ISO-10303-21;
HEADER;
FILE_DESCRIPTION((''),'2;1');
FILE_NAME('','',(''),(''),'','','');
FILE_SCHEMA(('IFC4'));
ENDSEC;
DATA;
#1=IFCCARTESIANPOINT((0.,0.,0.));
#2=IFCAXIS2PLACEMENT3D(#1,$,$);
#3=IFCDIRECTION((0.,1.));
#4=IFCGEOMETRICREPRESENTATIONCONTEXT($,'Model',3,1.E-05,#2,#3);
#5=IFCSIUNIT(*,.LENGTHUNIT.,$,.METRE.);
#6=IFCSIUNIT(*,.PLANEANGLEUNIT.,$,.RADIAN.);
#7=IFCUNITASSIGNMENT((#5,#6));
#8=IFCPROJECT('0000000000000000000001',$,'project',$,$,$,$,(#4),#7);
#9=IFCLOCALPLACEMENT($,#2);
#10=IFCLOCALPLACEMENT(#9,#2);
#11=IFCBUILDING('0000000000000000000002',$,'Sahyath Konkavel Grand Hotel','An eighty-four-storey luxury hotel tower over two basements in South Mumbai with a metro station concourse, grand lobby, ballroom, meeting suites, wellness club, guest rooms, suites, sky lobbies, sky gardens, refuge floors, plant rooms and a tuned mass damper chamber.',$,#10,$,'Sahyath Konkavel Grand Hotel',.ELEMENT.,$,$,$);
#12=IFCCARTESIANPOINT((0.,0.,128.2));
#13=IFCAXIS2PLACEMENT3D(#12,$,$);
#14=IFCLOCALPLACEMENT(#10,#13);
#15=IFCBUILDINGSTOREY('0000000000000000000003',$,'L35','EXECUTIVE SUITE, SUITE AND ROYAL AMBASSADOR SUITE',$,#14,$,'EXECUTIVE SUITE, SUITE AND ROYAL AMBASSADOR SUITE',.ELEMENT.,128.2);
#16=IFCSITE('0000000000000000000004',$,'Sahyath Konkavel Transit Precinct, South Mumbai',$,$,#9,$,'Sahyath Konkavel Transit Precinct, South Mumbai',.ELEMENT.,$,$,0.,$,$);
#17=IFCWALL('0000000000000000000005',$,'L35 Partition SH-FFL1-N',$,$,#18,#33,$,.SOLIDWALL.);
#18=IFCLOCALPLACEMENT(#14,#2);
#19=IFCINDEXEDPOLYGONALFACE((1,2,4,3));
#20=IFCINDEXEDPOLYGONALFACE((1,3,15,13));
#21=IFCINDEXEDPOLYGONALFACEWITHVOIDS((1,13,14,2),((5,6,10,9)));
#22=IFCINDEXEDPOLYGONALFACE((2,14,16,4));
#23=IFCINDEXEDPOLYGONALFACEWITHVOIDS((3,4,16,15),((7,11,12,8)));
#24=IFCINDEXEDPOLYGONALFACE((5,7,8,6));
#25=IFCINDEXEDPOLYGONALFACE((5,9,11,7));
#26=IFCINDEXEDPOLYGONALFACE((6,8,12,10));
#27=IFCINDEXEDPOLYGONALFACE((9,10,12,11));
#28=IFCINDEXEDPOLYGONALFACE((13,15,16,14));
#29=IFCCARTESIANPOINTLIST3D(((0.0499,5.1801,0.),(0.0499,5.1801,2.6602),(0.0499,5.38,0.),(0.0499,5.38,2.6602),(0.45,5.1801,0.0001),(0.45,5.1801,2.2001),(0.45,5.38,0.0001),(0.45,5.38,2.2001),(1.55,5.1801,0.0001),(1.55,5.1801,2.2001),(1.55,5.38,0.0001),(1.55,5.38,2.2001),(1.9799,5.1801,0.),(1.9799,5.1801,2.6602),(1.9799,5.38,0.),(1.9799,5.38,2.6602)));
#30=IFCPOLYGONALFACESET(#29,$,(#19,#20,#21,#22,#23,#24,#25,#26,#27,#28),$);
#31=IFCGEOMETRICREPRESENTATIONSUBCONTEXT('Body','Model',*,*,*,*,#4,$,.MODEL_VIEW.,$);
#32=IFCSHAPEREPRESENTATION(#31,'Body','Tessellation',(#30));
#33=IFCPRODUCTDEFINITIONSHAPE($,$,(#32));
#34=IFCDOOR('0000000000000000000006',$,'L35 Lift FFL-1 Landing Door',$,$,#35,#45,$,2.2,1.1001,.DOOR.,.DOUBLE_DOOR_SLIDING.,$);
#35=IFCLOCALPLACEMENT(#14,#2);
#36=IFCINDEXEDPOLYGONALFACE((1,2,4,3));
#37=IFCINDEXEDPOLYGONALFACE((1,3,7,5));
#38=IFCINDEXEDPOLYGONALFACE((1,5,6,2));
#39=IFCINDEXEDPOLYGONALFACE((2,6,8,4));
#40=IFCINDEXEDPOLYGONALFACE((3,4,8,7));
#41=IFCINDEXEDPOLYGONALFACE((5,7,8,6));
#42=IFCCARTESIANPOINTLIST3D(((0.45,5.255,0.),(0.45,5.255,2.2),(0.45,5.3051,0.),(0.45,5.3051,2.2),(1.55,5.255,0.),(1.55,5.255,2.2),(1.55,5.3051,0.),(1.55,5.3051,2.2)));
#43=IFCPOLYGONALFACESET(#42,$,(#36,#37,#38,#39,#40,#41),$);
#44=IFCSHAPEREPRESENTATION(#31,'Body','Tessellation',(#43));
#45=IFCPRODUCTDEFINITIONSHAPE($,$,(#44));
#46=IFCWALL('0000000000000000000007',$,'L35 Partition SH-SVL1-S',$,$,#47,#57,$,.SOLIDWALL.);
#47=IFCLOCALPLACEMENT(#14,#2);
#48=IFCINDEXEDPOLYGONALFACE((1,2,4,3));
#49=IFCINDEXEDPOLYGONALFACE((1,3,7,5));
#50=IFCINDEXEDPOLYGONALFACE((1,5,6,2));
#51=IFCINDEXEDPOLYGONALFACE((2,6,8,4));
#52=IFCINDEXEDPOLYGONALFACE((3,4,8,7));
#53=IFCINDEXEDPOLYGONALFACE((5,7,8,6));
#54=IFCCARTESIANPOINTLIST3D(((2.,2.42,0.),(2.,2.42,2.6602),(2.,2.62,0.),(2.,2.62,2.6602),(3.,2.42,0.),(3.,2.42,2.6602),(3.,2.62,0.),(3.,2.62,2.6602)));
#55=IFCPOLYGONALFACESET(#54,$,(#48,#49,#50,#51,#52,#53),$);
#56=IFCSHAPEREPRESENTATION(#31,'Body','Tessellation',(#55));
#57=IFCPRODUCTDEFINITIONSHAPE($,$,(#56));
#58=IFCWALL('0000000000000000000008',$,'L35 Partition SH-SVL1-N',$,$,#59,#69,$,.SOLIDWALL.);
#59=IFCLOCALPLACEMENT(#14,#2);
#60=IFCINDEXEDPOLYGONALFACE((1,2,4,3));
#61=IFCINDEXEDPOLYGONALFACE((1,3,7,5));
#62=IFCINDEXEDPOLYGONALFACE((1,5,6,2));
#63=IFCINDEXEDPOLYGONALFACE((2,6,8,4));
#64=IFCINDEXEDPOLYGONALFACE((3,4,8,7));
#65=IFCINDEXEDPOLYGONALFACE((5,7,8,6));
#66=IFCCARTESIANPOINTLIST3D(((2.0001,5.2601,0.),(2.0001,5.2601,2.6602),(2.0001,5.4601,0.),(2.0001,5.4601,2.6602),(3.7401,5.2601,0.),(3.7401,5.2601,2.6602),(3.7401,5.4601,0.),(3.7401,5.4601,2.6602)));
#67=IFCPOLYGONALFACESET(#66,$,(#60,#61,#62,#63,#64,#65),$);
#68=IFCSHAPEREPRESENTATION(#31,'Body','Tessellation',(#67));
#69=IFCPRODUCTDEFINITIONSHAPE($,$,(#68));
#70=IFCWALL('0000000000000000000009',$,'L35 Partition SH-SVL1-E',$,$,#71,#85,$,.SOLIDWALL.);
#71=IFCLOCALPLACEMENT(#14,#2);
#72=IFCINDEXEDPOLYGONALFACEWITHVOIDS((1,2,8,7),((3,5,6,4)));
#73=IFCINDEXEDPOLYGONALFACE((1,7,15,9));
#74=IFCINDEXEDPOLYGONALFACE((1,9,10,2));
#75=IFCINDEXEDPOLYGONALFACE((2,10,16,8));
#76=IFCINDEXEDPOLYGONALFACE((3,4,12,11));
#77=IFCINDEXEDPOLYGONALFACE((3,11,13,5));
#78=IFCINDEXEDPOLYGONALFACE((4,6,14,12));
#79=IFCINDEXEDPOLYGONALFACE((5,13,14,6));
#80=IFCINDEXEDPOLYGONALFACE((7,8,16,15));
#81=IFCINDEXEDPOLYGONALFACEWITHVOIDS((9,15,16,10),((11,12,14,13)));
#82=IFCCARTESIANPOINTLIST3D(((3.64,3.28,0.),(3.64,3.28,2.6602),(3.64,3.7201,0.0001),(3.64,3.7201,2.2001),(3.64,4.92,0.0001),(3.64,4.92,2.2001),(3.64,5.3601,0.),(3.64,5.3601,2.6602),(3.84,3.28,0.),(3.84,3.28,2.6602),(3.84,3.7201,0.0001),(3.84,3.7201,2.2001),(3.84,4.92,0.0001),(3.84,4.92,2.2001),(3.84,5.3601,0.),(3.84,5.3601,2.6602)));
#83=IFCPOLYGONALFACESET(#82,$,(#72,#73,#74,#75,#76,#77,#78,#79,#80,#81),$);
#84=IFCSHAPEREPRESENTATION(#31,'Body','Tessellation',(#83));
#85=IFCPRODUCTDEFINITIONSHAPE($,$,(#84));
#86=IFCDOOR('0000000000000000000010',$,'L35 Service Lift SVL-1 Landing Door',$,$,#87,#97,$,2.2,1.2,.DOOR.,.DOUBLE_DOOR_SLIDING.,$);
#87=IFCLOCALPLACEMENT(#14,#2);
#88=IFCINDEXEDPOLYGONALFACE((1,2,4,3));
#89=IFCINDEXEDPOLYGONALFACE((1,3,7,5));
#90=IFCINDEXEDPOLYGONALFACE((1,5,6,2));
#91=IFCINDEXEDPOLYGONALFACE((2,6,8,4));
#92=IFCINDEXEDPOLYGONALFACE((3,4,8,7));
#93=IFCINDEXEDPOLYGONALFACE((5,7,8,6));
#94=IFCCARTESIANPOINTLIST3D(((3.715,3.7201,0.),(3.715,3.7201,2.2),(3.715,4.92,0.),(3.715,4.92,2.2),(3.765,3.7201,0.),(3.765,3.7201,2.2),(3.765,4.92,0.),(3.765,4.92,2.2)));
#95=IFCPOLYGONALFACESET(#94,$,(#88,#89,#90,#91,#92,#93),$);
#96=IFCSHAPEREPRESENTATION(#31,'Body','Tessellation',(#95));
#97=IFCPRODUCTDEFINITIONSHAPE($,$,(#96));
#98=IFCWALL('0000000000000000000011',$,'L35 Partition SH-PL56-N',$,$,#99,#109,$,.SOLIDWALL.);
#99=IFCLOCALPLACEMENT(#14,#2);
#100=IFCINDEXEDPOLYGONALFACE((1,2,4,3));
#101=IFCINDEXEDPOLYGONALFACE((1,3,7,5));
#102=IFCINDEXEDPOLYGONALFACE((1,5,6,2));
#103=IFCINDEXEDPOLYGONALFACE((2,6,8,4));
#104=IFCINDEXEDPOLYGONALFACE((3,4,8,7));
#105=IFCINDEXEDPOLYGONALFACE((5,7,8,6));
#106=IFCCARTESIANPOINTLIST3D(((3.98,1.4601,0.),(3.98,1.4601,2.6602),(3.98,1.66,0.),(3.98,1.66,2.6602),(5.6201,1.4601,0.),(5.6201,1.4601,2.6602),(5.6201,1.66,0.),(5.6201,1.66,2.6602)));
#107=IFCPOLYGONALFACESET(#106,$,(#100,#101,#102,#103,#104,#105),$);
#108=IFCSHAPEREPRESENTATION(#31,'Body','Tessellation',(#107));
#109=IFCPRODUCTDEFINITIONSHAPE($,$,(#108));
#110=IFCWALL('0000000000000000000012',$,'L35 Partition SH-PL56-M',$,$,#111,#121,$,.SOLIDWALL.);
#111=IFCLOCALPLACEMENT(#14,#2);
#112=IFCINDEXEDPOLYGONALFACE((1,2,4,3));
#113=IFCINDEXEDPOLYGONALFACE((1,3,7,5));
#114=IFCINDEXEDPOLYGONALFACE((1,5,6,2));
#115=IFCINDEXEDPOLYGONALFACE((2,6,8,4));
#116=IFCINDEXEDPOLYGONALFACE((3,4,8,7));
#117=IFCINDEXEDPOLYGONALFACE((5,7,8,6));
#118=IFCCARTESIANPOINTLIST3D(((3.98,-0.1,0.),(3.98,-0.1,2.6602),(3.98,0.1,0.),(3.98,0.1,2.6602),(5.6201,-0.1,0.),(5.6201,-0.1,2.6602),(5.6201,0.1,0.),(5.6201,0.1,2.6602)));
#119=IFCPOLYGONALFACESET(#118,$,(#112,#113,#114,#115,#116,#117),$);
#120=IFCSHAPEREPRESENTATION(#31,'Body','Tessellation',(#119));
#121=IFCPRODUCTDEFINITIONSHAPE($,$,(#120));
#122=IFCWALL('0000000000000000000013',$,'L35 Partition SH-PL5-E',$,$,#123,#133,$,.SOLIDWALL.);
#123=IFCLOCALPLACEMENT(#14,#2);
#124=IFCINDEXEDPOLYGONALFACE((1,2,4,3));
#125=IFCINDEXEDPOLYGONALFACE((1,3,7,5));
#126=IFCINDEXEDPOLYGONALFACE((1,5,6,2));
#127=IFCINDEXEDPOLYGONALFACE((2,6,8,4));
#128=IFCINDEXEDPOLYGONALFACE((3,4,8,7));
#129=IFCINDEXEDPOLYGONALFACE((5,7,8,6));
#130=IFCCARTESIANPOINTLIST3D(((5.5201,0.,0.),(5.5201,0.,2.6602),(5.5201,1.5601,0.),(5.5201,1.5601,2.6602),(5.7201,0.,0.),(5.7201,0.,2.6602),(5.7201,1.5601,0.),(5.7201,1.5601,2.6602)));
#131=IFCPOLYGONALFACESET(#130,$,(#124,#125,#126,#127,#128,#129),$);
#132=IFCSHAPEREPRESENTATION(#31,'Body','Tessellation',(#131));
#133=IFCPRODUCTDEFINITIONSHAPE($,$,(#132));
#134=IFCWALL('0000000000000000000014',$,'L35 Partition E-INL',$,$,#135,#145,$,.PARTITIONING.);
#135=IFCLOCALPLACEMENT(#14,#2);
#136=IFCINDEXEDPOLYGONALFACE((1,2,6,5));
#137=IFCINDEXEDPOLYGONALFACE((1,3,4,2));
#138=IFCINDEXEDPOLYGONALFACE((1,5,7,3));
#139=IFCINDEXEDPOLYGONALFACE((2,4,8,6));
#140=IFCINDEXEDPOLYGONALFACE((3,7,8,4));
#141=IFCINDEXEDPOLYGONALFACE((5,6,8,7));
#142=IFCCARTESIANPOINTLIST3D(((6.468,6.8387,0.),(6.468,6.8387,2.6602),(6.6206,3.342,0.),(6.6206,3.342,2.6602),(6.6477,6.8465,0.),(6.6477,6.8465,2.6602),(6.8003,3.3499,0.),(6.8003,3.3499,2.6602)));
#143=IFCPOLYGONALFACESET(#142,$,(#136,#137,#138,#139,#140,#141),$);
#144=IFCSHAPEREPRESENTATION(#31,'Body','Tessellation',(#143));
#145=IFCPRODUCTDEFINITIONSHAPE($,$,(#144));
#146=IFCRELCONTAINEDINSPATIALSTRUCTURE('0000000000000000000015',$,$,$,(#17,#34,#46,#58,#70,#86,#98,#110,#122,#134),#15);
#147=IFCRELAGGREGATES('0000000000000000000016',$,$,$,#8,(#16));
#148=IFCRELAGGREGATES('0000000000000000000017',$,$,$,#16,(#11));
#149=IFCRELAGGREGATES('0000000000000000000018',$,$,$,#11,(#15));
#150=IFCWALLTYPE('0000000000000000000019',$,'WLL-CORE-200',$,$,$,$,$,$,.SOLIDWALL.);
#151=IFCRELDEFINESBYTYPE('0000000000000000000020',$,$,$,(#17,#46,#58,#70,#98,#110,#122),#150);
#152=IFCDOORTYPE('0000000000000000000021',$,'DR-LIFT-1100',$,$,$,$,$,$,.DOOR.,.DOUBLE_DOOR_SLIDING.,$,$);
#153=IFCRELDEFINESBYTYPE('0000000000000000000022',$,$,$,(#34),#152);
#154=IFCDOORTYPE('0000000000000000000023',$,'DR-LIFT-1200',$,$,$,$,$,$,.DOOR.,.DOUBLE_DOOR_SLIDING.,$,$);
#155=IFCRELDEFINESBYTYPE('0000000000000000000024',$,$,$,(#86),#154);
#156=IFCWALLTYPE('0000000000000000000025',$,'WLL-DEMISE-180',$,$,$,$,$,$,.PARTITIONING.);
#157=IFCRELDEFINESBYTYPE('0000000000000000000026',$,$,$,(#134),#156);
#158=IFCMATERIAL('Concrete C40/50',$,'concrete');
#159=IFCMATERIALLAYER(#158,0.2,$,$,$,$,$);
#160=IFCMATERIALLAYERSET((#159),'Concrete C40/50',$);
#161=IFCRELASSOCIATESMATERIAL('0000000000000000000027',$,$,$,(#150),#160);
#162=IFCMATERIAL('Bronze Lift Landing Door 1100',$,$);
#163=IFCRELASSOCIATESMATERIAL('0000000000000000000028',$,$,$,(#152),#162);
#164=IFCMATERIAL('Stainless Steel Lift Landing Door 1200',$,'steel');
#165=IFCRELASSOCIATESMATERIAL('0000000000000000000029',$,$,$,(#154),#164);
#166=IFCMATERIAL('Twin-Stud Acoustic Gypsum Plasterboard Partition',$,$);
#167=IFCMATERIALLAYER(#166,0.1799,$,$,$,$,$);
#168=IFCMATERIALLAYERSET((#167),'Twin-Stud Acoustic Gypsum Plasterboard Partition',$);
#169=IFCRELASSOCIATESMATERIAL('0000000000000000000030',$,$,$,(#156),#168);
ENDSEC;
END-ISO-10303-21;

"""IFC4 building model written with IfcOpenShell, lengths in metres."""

from ifc_helpers import new_model, si_unit, direction, frame, frame_2d, origin, origin_2d, place, context, subcontext, project, spatial, rectangle, extrude, source, transform, mapped, material, layer, layer_set, type_object, element, fill, save


model = new_model("IFC4")

# Units and contexts
model_context = context("Model", 3, precision=1e-05, world=origin(), true_north=direction((0.0, 1.0)))
body_context = subcontext(model_context, "Body", "Model", "MODEL_VIEW")
ifc_project = project(units=[si_unit("LENGTHUNIT", "METRE"), si_unit("PLANEANGLEUNIT", "RADIAN")], contexts=[model_context])

# Site, building, storey
site_placement = place(None, origin())
site = spatial("IfcSite", under=ifc_project, at=site_placement, Name="Sahyath Konkavel Transit Precinct, South Mumbai", LongName="Sahyath Konkavel Transit Precinct, South Mumbai", CompositionType="ELEMENT", RefElevation=0.0)
building_placement = place(site_placement, origin())
building = spatial("IfcBuilding", under=site, at=building_placement, Name="Sahyath Konkavel Grand Hotel", Description="An eighty-four-storey luxury hotel tower over two basements in South Mumbai with a metro station concourse, grand lobby, ballroom, meeting suites, wellness club, guest rooms, suites, sky lobbies, sky gardens, refuge floors, plant rooms and a tuned mass damper chamber.", LongName="Sahyath Konkavel Grand Hotel", CompositionType="ELEMENT")
storey_placement = place(building_placement, frame((0.0, 0.0, 128.2)))
storey = spatial("IfcBuildingStorey", under=building, at=storey_placement, Name="L35", Description="EXECUTIVE SUITE, SUITE AND ROYAL AMBASSADOR SUITE", LongName="EXECUTIVE SUITE, SUITE AND ROYAL AMBASSADOR SUITE", CompositionType="ELEMENT", Elevation=128.2)

# Shared definitions
ifc_material_1 = material(Name="Concrete C40/50", Category="concrete")

# Shared definitions
ifc_layer_1 = layer(ifc_material_1, 0.2)
ifc_layer_set_1 = layer_set([ifc_layer_1], Name="Concrete C40/50")
wall_type_1 = type_object("IfcWallType", Name="WLL-CORE-200", PredefinedType="SOLIDWALL", material=ifc_layer_set_1)

# Wall, opening, door
wall_1_placement = place(storey_placement, frame((0.05, 5.28, 0.0), z_axis=(0.0, 0.0, 1.0), x_axis=(1.0, 0.0, 0.0)))
wall_1 = element("IfcWall", 1, at=wall_1_placement, inside=storey, type_object=wall_type_1, Name="L35 Partition SH-FFL1-N", PredefinedType="SOLIDWALL", context=body_context, shape_type="SweptSolid", body=[
    extrude(rectangle(XDim=1.9299, YDim=0.2, at=frame_2d((0.9648, 0.0))), origin(), (0.0, 0.0, 1.0), 2.6602),
])
opening_1_placement = place(wall_1_placement, frame((0.3999, 0.0, 0.0)))
opening_1 = element("IfcOpeningElement", 2, at=opening_1_placement, cuts=wall_1, PredefinedType="OPENING", context=body_context, shape_type="SweptSolid", body=[
    extrude(rectangle(XDim=1.1001, YDim=2.2, at=frame_2d((0.55, 1.1001))), frame((0.0, 0.1099, 0.0), z_axis=(0.0, -1.0, 0.0), x_axis=(1.0, 0.0, 0.0)), (0.0, 0.0, 1.0), 0.22),
])
ifc_material_2 = material(Name="Bronze Lift Landing Door 1100")
door_type_1 = type_object("IfcDoorType", Name="DR-LIFT-1100", OperationType="DOUBLE_DOOR_SLIDING", PredefinedType="DOOR", material=ifc_material_2)
shared_shape_1 = source(origin(), body_context, "Body", "SweptSolid", [
    extrude(rectangle(XDim=1.1001, YDim=0.05, at=origin_2d()), origin(), (0.0, 0.0, 1.0), 2.2),
])
door_1_placement = place(opening_1_placement, frame((0.55, 0.0, 0.0)))
door_1 = element("IfcDoor", 3, at=door_1_placement, inside=storey, type_object=door_type_1, Name="L35 Lift FFL-1 Landing Door", OperationType="DOUBLE_DOOR_SLIDING", OverallHeight=2.2, OverallWidth=1.1001, PredefinedType="DOOR", context=body_context, shape_type="MappedRepresentation", body=[
    mapped(shared_shape_1, transform((0.0, 0.0, 0.0), scale=1.0)),
])
fill(opening_1, door_1)

# Walls
wall_2_placement = place(storey_placement, frame((2.0, 2.52, 0.0), z_axis=(0.0, 0.0, 1.0), x_axis=(1.0, 0.0, 0.0)))
element("IfcWall", 4, at=wall_2_placement, inside=storey, type_object=wall_type_1, Name="L35 Partition SH-SVL1-S", PredefinedType="SOLIDWALL", context=body_context, shape_type="SweptSolid", body=[
    extrude(rectangle(XDim=1.0, YDim=0.2, at=frame_2d((0.5, 0.0))), origin(), (0.0, 0.0, 1.0), 2.6602),
])
wall_3_placement = place(storey_placement, frame((2.0, 5.3601, 0.0), z_axis=(0.0, 0.0, 1.0), x_axis=(1.0, 0.0, 0.0)))
element("IfcWall", 5, at=wall_3_placement, inside=storey, type_object=wall_type_1, Name="L35 Partition SH-SVL1-N", PredefinedType="SOLIDWALL", context=body_context, shape_type="SweptSolid", body=[
    extrude(rectangle(XDim=1.74, YDim=0.2, at=frame_2d((0.8701, 0.0))), origin(), (0.0, 0.0, 1.0), 2.6602),
])

# Wall, opening, door
wall_4_placement = place(storey_placement, frame((3.74, 3.28, 0.0), z_axis=(0.0, 0.0, 1.0), x_axis=(0.0, 1.0, 0.0)))
wall_4 = element("IfcWall", 6, at=wall_4_placement, inside=storey, type_object=wall_type_1, Name="L35 Partition SH-SVL1-E", PredefinedType="SOLIDWALL", context=body_context, shape_type="SweptSolid", body=[
    extrude(rectangle(XDim=2.0801, YDim=0.2, at=frame_2d((1.04, 0.0))), origin(), (0.0, 0.0, 1.0), 2.6602),
])
opening_2_placement = place(wall_4_placement, frame((0.4399, 0.0, 0.0)))
opening_2 = element("IfcOpeningElement", 7, at=opening_2_placement, cuts=wall_4, PredefinedType="OPENING", context=body_context, shape_type="SweptSolid", body=[
    extrude(rectangle(XDim=1.2, YDim=2.2, at=frame_2d((0.6001, 1.1001))), frame((0.0, 0.1099, 0.0), z_axis=(0.0, -1.0, 0.0), x_axis=(1.0, 0.0, 0.0)), (0.0, 0.0, 1.0), 0.22),
])
ifc_material_3 = material(Name="Stainless Steel Lift Landing Door 1200", Category="steel")
door_type_2 = type_object("IfcDoorType", Name="DR-LIFT-1200", OperationType="DOUBLE_DOOR_SLIDING", PredefinedType="DOOR", material=ifc_material_3)
shared_shape_2 = source(origin(), body_context, "Body", "SweptSolid", [
    extrude(rectangle(XDim=1.2, YDim=0.05, at=origin_2d()), origin(), (0.0, 0.0, 1.0), 2.2),
])
door_2_placement = place(opening_2_placement, frame((0.6001, 0.0, 0.0)))
door_2 = element("IfcDoor", 8, at=door_2_placement, inside=storey, type_object=door_type_2, Name="L35 Service Lift SVL-1 Landing Door", OperationType="DOUBLE_DOOR_SLIDING", OverallHeight=2.2, OverallWidth=1.2, PredefinedType="DOOR", context=body_context, shape_type="MappedRepresentation", body=[
    mapped(shared_shape_2, transform((0.0, 0.0, 0.0), scale=1.0)),
])
fill(opening_2, door_2)

# Walls
for number, where, z_axis, x_axis, name in (
    (9, (3.98, 1.5601, 0.0), (0.0, 0.0, 1.0), (1.0, 0.0, 0.0), "L35 Partition SH-PL56-N"),
    (10, (3.98, 0.0, 0.0), (0.0, 0.0, 1.0), (1.0, 0.0, 0.0), "L35 Partition SH-PL56-M"),
):
    element("IfcWall", number, at=place(storey_placement, frame(where, z_axis=z_axis, x_axis=x_axis)), inside=storey, type_object=wall_type_1, Name=name, PredefinedType="SOLIDWALL", context=body_context, shape_type="SweptSolid", body=[
        extrude(rectangle(XDim=1.6401, YDim=0.2, at=frame_2d((0.8201, 0.0))), origin(), (0.0, 0.0, 1.0), 2.6602),
    ])
wall_5_placement = place(storey_placement, frame((5.6201, 0.0, 0.0), z_axis=(0.0, 0.0, 1.0), x_axis=(0.0, 1.0, 0.0)))
element("IfcWall", 11, at=wall_5_placement, inside=storey, type_object=wall_type_1, Name="L35 Partition SH-PL5-E", PredefinedType="SOLIDWALL", context=body_context, shape_type="SweptSolid", body=[
    extrude(rectangle(XDim=1.5601, YDim=0.2, at=frame_2d((0.78, 0.0))), origin(), (0.0, 0.0, 1.0), 2.6602),
])

# Wall
ifc_material_4 = material(Name="Twin-Stud Acoustic Gypsum Plasterboard Partition")
ifc_layer_2 = layer(ifc_material_4, 0.1799)
ifc_layer_set_2 = layer_set([ifc_layer_2], Name="Twin-Stud Acoustic Gypsum Plasterboard Partition")
wall_type_2 = type_object("IfcWallType", Name="WLL-DEMISE-180", PredefinedType="PARTITIONING", material=ifc_layer_set_2)
wall_6_placement = place(storey_placement, frame((6.7104, 3.3459, 0.0), z_axis=(0.0, 0.0, 1.0), x_axis=(-0.043598, 0.999049, 0.0)))
element("IfcWall", 12, at=wall_6_placement, inside=storey, type_object=wall_type_2, Name="L35 Partition E-INL", PredefinedType="PARTITIONING", context=body_context, shape_type="SweptSolid", body=[
    extrude(rectangle(XDim=3.5, YDim=0.1799, at=frame_2d((1.75, 0.0))), origin(), (0.0, 0.0, 1.0), 2.6602),
])

save(model, "model.ifc")
